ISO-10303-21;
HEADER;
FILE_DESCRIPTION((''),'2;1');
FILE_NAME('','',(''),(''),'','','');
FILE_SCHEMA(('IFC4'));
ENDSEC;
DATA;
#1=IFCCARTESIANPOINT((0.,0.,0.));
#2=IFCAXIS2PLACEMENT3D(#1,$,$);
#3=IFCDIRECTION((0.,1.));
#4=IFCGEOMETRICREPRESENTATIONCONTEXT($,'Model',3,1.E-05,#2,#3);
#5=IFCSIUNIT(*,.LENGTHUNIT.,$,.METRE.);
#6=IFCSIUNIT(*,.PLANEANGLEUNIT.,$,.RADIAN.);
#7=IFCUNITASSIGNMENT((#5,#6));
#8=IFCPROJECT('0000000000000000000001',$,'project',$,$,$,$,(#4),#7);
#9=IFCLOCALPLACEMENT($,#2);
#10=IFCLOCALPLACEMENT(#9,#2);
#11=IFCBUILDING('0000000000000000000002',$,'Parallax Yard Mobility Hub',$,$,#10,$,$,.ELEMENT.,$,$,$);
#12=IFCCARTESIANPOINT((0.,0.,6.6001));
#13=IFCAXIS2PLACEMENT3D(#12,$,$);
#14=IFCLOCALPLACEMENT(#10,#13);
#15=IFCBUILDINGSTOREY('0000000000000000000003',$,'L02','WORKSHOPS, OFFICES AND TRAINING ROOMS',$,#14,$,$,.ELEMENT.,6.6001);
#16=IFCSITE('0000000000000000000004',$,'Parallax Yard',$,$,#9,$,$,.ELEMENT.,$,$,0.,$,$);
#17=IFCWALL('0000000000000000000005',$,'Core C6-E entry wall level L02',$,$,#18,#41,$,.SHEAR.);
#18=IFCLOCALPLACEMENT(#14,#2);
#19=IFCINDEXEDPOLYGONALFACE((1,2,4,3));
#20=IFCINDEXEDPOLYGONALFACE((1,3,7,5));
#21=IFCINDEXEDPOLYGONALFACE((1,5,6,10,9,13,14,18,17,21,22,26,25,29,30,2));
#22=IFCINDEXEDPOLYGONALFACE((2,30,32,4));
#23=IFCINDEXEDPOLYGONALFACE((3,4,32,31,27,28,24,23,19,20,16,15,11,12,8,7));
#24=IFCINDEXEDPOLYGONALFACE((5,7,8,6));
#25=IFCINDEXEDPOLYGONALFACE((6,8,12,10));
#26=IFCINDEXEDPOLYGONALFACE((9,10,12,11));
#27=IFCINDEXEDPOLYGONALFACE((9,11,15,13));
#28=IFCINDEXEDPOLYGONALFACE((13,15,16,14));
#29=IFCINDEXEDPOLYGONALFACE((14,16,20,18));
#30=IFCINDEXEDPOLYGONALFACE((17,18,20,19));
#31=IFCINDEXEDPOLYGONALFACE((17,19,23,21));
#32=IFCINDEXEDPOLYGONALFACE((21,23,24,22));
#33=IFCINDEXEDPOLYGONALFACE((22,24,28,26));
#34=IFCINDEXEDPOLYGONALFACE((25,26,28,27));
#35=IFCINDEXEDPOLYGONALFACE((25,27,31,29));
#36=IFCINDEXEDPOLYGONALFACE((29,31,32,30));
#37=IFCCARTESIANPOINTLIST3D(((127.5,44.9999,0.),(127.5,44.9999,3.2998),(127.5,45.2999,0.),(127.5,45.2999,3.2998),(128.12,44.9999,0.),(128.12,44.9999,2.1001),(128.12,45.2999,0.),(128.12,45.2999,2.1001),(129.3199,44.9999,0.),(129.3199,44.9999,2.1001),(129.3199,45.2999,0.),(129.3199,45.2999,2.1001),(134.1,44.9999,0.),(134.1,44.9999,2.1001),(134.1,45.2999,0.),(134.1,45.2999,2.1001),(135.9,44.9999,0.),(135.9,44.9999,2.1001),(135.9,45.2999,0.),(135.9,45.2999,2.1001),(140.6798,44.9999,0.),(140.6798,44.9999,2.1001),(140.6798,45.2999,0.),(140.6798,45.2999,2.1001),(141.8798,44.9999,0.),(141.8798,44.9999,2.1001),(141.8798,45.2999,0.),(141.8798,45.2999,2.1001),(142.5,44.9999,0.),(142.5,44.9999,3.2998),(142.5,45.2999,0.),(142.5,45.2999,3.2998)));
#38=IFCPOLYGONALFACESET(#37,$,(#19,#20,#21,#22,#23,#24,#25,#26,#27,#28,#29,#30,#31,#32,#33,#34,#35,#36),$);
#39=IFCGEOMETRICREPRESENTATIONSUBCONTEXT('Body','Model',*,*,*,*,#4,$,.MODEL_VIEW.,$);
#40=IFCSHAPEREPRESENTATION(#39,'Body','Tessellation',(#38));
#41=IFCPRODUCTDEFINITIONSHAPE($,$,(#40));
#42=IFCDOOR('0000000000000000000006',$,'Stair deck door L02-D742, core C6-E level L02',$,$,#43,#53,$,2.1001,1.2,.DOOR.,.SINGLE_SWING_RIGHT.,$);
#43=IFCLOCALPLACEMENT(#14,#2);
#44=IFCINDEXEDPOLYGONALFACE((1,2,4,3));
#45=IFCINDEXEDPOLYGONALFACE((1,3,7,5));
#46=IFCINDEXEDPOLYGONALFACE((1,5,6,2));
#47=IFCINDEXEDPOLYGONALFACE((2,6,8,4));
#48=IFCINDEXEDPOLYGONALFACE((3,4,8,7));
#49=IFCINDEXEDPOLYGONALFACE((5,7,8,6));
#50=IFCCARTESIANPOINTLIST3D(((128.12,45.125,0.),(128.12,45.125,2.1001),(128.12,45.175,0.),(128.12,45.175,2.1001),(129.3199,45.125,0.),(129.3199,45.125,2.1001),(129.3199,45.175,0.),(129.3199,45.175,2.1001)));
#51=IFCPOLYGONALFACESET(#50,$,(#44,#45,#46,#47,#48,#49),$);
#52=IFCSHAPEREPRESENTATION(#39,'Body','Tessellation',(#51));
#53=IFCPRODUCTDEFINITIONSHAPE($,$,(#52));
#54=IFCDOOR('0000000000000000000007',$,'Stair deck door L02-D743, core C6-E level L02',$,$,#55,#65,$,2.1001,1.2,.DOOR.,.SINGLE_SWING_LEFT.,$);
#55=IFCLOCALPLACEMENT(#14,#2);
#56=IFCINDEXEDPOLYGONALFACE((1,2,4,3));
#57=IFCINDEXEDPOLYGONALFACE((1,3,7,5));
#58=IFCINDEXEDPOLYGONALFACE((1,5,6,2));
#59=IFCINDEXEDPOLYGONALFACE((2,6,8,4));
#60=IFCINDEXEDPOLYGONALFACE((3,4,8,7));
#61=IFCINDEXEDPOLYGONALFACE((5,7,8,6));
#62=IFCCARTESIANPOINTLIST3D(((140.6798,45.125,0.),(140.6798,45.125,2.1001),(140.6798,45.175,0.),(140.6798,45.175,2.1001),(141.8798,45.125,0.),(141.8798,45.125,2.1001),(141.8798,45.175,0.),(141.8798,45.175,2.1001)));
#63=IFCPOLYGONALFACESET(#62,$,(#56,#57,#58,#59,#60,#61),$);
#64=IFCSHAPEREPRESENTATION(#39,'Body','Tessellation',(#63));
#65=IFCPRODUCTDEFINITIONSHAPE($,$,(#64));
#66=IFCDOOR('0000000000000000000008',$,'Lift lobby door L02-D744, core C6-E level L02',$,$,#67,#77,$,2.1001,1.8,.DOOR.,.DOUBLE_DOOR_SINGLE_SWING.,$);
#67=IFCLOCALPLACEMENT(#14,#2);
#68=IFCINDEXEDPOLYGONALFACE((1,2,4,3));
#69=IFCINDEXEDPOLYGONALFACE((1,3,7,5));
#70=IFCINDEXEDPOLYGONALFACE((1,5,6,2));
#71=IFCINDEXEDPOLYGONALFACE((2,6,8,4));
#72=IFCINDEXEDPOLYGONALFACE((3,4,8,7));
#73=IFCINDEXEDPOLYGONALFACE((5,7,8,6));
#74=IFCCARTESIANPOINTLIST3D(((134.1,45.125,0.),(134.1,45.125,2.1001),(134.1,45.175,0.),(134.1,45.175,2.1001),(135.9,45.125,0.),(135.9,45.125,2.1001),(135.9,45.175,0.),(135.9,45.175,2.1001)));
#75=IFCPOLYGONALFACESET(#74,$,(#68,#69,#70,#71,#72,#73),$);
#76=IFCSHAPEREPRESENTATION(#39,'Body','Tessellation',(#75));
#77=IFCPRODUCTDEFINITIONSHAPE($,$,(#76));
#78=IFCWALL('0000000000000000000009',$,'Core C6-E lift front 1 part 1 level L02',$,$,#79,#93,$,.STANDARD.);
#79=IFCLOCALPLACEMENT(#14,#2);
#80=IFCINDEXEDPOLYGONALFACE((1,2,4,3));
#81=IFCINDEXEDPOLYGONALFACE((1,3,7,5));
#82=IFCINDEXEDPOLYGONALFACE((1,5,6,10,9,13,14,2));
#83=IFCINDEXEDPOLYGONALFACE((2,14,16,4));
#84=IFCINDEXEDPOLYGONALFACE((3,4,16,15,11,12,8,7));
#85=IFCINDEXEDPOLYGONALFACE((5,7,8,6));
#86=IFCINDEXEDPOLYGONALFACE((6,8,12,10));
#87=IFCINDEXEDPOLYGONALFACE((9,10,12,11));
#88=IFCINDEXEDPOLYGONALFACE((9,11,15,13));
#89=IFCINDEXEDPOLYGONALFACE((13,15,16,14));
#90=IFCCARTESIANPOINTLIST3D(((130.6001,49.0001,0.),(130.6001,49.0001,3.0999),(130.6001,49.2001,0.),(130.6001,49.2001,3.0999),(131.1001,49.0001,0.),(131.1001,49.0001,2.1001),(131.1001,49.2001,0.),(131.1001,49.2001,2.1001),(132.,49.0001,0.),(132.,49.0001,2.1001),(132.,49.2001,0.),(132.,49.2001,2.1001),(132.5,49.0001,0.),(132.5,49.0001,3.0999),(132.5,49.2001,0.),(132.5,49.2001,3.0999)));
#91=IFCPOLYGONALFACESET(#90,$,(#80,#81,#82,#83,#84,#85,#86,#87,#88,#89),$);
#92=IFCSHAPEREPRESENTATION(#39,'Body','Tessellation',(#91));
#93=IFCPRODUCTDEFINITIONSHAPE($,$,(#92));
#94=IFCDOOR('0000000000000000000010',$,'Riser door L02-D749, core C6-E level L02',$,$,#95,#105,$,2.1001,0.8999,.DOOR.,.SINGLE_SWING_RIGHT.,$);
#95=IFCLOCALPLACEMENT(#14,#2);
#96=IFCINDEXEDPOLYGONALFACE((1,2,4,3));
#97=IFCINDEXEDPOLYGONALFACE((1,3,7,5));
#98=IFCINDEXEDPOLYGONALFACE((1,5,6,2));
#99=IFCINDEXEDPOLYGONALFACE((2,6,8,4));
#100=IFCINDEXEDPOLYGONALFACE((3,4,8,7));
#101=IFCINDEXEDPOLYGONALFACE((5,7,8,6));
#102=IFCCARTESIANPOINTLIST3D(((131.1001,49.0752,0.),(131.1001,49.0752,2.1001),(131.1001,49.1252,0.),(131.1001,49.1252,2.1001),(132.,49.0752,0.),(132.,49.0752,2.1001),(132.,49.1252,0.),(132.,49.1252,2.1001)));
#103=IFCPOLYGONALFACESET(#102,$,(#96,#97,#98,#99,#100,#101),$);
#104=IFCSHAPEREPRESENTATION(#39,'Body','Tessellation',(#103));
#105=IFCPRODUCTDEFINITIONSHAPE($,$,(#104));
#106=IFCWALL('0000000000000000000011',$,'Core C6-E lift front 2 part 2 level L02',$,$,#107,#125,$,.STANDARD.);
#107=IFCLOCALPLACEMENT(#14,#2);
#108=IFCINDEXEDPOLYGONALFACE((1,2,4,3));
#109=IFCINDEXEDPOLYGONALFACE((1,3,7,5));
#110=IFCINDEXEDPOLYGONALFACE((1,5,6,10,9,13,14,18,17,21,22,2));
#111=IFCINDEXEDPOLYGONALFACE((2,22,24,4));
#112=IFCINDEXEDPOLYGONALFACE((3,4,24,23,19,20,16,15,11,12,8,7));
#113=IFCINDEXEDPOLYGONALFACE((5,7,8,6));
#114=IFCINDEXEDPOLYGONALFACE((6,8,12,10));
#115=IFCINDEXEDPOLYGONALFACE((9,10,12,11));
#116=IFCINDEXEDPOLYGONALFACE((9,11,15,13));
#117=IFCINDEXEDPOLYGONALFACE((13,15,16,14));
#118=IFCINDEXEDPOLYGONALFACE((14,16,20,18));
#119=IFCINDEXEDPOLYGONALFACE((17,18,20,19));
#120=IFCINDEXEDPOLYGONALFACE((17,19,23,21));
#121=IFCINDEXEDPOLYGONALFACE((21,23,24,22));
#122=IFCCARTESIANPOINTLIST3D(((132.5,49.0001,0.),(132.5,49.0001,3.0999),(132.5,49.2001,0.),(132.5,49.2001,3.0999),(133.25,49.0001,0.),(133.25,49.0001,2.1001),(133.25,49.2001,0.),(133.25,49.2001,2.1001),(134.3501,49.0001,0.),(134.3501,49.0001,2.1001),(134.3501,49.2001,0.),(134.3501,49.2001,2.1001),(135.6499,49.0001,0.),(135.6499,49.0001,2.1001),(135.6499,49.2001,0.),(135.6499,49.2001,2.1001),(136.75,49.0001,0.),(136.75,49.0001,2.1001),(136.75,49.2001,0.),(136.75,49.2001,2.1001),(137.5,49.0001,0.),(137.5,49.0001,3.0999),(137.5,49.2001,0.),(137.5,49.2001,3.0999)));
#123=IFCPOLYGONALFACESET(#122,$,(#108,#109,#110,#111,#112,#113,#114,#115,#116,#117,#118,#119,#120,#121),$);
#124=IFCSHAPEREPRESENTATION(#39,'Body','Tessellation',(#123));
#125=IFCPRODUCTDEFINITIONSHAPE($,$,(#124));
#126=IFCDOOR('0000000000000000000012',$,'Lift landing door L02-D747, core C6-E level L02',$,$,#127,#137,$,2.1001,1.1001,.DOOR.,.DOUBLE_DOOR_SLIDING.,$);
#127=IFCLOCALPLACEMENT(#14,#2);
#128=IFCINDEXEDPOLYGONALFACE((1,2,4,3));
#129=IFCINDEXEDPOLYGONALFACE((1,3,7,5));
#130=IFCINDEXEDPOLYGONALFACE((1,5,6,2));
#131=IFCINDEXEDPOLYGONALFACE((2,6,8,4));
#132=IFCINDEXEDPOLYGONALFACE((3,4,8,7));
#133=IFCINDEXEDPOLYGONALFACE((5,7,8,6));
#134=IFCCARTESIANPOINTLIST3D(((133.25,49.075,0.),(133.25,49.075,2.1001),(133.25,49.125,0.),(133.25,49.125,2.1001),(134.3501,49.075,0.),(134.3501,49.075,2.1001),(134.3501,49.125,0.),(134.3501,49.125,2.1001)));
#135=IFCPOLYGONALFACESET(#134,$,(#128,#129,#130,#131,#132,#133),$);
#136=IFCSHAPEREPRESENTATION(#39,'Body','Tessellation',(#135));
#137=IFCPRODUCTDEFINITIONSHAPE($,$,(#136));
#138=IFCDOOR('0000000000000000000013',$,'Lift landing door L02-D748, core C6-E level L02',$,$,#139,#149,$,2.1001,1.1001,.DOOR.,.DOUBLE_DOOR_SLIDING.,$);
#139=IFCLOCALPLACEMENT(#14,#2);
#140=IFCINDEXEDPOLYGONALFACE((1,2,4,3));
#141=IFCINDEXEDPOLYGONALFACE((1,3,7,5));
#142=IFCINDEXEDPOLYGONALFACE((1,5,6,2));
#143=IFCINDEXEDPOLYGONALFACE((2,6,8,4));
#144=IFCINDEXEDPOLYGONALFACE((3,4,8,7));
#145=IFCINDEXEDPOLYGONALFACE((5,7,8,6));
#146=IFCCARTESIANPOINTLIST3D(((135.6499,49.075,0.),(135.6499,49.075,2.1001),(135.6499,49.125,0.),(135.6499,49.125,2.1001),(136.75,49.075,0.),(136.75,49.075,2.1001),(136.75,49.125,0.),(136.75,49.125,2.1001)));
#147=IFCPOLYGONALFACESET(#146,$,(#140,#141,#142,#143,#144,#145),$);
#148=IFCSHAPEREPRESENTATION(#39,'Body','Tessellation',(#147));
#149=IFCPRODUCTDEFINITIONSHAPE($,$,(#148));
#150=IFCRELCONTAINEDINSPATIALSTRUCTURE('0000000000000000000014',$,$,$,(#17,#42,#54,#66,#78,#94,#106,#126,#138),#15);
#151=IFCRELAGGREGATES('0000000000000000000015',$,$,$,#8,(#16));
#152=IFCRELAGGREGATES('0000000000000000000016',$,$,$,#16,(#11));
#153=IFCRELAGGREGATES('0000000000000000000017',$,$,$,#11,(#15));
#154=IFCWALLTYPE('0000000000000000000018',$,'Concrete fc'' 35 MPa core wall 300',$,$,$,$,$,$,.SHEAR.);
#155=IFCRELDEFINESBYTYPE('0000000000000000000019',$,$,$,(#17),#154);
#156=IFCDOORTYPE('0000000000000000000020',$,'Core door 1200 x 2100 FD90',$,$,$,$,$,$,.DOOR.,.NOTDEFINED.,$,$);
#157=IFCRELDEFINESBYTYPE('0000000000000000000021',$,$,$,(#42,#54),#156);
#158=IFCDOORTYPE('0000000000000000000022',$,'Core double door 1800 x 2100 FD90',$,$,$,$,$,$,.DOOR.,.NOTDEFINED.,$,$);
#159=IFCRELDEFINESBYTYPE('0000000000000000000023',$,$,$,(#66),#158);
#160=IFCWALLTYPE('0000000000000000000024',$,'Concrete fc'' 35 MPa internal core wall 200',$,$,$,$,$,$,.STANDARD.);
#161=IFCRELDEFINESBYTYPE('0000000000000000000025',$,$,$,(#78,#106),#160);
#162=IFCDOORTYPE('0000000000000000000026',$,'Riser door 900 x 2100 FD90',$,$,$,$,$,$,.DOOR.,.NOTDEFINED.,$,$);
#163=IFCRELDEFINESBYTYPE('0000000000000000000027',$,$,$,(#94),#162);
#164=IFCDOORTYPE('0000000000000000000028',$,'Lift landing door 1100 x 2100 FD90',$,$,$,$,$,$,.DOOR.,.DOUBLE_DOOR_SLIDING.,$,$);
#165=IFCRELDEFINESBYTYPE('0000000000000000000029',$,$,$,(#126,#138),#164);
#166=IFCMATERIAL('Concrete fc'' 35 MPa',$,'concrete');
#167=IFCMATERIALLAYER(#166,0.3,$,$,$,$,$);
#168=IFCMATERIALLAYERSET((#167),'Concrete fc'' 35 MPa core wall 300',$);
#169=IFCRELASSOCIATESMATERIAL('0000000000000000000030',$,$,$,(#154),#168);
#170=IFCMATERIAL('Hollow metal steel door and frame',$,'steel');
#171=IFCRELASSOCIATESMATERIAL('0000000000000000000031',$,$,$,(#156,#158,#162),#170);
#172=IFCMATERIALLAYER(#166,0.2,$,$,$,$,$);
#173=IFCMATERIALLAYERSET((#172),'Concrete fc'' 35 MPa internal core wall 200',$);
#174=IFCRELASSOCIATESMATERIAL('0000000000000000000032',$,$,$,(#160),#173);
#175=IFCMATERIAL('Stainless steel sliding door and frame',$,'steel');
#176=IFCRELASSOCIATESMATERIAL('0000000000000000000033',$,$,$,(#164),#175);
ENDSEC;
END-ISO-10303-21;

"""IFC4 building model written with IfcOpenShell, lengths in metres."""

from ifc_helpers import new_model, si_unit, direction, frame, frame_2d, origin, place, context, subcontext, project, spatial, rectangle, extrude, material, layer, layer_set, type_object, element, fill, save


model = new_model("IFC4")

# Units and contexts
model_context = context("Model", 3, precision=1e-05, world=origin(), true_north=direction((0.0, 1.0)))
body_context = subcontext(model_context, "Body", "Model", "MODEL_VIEW")
ifc_project = project(units=[si_unit("LENGTHUNIT", "METRE"), si_unit("PLANEANGLEUNIT", "RADIAN")], contexts=[model_context])

# Site, building, storey
site_placement = place(None, origin())
site = spatial("IfcSite", under=ifc_project, at=site_placement, Name="Parallax Yard", CompositionType="ELEMENT", RefElevation=0.0)
building_placement = place(site_placement, origin())
building = spatial("IfcBuilding", under=site, at=building_placement, Name="Parallax Yard Mobility Hub", CompositionType="ELEMENT")
storey_placement = place(building_placement, frame((0.0, 0.0, 6.6001)))
storey = spatial("IfcBuildingStorey", under=building, at=storey_placement, Name="L02", Description="WORKSHOPS, OFFICES AND TRAINING ROOMS", CompositionType="ELEMENT", Elevation=6.6001)

# Wall, openings, doors
ifc_material_1 = material(Name="Concrete fc' 35 MPa", Category="concrete")
ifc_layer_1 = layer(ifc_material_1, 0.3)
ifc_layer_set_1 = layer_set([ifc_layer_1], Name="Concrete fc' 35 MPa core wall 300")
wall_type_1 = type_object("IfcWallType", Name="Concrete fc' 35 MPa core wall 300", PredefinedType="SHEAR", material=ifc_layer_set_1)
wall_1_placement = place(storey_placement, frame((142.5, 45.1499, 0.0), z_axis=(0.0, 0.0, 1.0), x_axis=(-1.0, 0.0, 0.0)))
wall_1 = element("IfcWall", 1, at=wall_1_placement, inside=storey, type_object=wall_type_1, Name="Core C6-E entry wall level L02", PredefinedType="SHEAR", context=body_context, shape_type="SweptSolid", body=[
    extrude(rectangle(XDim=15.0, YDim=0.3, at=frame_2d((7.5, 0.0))), origin(), (0.0, 0.0, 1.0), 3.2998),
])
opening_1_placement = place(wall_1_placement, frame((13.1799, 0.0, 0.0)))
opening_1 = element("IfcOpeningElement", 2, at=opening_1_placement, cuts=wall_1, PredefinedType="OPENING", context=body_context, shape_type="SweptSolid", body=[
    extrude(rectangle(XDim=1.2, YDim=2.1001, at=frame_2d((0.6001, 1.05))), frame((0.0, 0.1602, 0.0), z_axis=(0.0, -1.0, 0.0), x_axis=(1.0, 0.0, 0.0)), (0.0, 0.0, 1.0), 0.3201),
])
opening_2_placement = place(wall_1_placement, frame((0.6201, 0.0, 0.0)))
opening_2 = element("IfcOpeningElement", 3, at=opening_2_placement, cuts=wall_1, PredefinedType="OPENING", context=body_context, shape_type="SweptSolid", body=[
    extrude(rectangle(XDim=1.2, YDim=2.1001, at=frame_2d((0.6001, 1.05))), frame((0.0, 0.1602, 0.0), z_axis=(0.0, -1.0, 0.0), x_axis=(1.0, 0.0, 0.0)), (0.0, 0.0, 1.0), 0.3201),
])
opening_3_placement = place(wall_1_placement, frame((6.6001, 0.0, 0.0)))
opening_3 = element("IfcOpeningElement", 4, at=opening_3_placement, cuts=wall_1, PredefinedType="OPENING", context=body_context, shape_type="SweptSolid", body=[
    extrude(rectangle(XDim=1.8, YDim=2.1001, at=frame_2d((0.8999, 1.05))), frame((0.0, 0.1602, 0.0), z_axis=(0.0, -1.0, 0.0), x_axis=(1.0, 0.0, 0.0)), (0.0, 0.0, 1.0), 0.3201),
])
ifc_material_2 = material(Name="Hollow metal steel door and frame", Category="steel")
door_type_1 = type_object("IfcDoorType", Name="Core door 1200 x 2100 FD90", OperationType="NOTDEFINED", PredefinedType="DOOR", material=ifc_material_2)
door_1_placement = place(opening_1_placement, origin())
door_1 = element("IfcDoor", 5, at=door_1_placement, inside=storey, type_object=door_type_1, Name="Stair deck door L02-D742, core C6-E level L02", OperationType="SINGLE_SWING_RIGHT", OverallHeight=2.1001, OverallWidth=1.2, PredefinedType="DOOR", context=body_context, shape_type="SweptSolid", body=[
    extrude(rectangle(XDim=1.2, YDim=2.1001, at=frame_2d((0.6001, 1.05))), frame((0.0, 0.0249, 0.0), z_axis=(0.0, -1.0, 0.0), x_axis=(1.0, 0.0, 0.0)), (0.0, 0.0, 1.0), 0.05),
])
fill(opening_1, door_1)
door_2_placement = place(opening_2_placement, origin())
door_2 = element("IfcDoor", 6, at=door_2_placement, inside=storey, type_object=door_type_1, Name="Stair deck door L02-D743, core C6-E level L02", OperationType="SINGLE_SWING_LEFT", OverallHeight=2.1001, OverallWidth=1.2, PredefinedType="DOOR", context=body_context, shape_type="SweptSolid", body=[
    extrude(rectangle(XDim=1.2, YDim=2.1001, at=frame_2d((0.6001, 1.05))), frame((0.0, 0.0249, 0.0), z_axis=(0.0, -1.0, 0.0), x_axis=(1.0, 0.0, 0.0)), (0.0, 0.0, 1.0), 0.05),
])
fill(opening_2, door_2)
door_type_2 = type_object("IfcDoorType", Name="Core double door 1800 x 2100 FD90", OperationType="NOTDEFINED", PredefinedType="DOOR", material=ifc_material_2)
door_3_placement = place(opening_3_placement, origin())
door_3 = element("IfcDoor", 7, at=door_3_placement, inside=storey, type_object=door_type_2, Name="Lift lobby door L02-D744, core C6-E level L02", OperationType="DOUBLE_DOOR_SINGLE_SWING", OverallHeight=2.1001, OverallWidth=1.8, PredefinedType="DOOR", context=body_context, shape_type="SweptSolid", body=[
    extrude(rectangle(XDim=1.8, YDim=2.1001, at=frame_2d((0.8999, 1.05))), frame((0.0, 0.0249, 0.0), z_axis=(0.0, -1.0, 0.0), x_axis=(1.0, 0.0, 0.0)), (0.0, 0.0, 1.0), 0.05),
])
fill(opening_3, door_3)

# Wall, opening, door
ifc_layer_2 = layer(ifc_material_1, 0.2)
ifc_layer_set_2 = layer_set([ifc_layer_2], Name="Concrete fc' 35 MPa internal core wall 200")
wall_type_2 = type_object("IfcWallType", Name="Concrete fc' 35 MPa internal core wall 200", PredefinedType="STANDARD", material=ifc_layer_set_2)
wall_2_placement = place(storey_placement, frame((132.5, 49.1001, 0.0), z_axis=(0.0, 0.0, 1.0), x_axis=(-1.0, 0.0, 0.0)))
wall_2 = element("IfcWall", 8, at=wall_2_placement, inside=storey, type_object=wall_type_2, Name="Core C6-E lift front 1 part 1 level L02", PredefinedType="STANDARD", context=body_context, shape_type="SweptSolid", body=[
    extrude(rectangle(XDim=1.8999, YDim=0.2, at=frame_2d((0.95, 0.0))), origin(), (0.0, 0.0, 1.0), 3.0999),
])
opening_4_placement = place(wall_2_placement, frame((0.5, 0.0, 0.0)))
opening_4 = element("IfcOpeningElement", 9, at=opening_4_placement, cuts=wall_2, PredefinedType="OPENING", context=body_context, shape_type="SweptSolid", body=[
    extrude(rectangle(XDim=0.8999, YDim=2.1001, at=frame_2d((0.45, 1.05))), frame((0.0, 0.1099, 0.0), z_axis=(0.0, -1.0, 0.0), x_axis=(1.0, 0.0, 0.0)), (0.0, 0.0, 1.0), 0.22),
])
door_type_3 = type_object("IfcDoorType", Name="Riser door 900 x 2100 FD90", OperationType="NOTDEFINED", PredefinedType="DOOR", material=ifc_material_2)
door_4_placement = place(opening_4_placement, origin())
door_4 = element("IfcDoor", 10, at=door_4_placement, inside=storey, type_object=door_type_3, Name="Riser door L02-D749, core C6-E level L02", OperationType="SINGLE_SWING_RIGHT", OverallHeight=2.1001, OverallWidth=0.8999, PredefinedType="DOOR", context=body_context, shape_type="SweptSolid", body=[
    extrude(rectangle(XDim=0.8999, YDim=2.1001, at=frame_2d((0.45, 1.05))), frame((0.0, 0.0249, 0.0), z_axis=(0.0, -1.0, 0.0), x_axis=(1.0, 0.0, 0.0)), (0.0, 0.0, 1.0), 0.05),
])
fill(opening_4, door_4)

# Wall, openings, doors
wall_3_placement = place(storey_placement, frame((132.5, 49.1001, 0.0), z_axis=(0.0, 0.0, 1.0), x_axis=(1.0, 0.0, 0.0)))
wall_3 = element("IfcWall", 11, at=wall_3_placement, inside=storey, type_object=wall_type_2, Name="Core C6-E lift front 2 part 2 level L02", PredefinedType="STANDARD", context=body_context, shape_type="SweptSolid", body=[
    extrude(rectangle(XDim=5.0, YDim=0.2, at=frame_2d((2.5, 0.0))), origin(), (0.0, 0.0, 1.0), 3.0999),
])
opening_5_placement = place(wall_3_placement, frame((0.75, 0.0, 0.0)))
opening_5 = element("IfcOpeningElement", 12, at=opening_5_placement, cuts=wall_3, PredefinedType="OPENING", context=body_context, shape_type="SweptSolid", body=[
    extrude(rectangle(XDim=1.1001, YDim=2.1001, at=frame_2d((0.55, 1.05))), frame((0.0, 0.1099, 0.0), z_axis=(0.0, -1.0, 0.0), x_axis=(1.0, 0.0, 0.0)), (0.0, 0.0, 1.0), 0.22),
])
opening_6_placement = place(wall_3_placement, frame((3.1499, 0.0, 0.0)))
opening_6 = element("IfcOpeningElement", 13, at=opening_6_placement, cuts=wall_3, PredefinedType="OPENING", context=body_context, shape_type="SweptSolid", body=[
    extrude(rectangle(XDim=1.1001, YDim=2.1001, at=frame_2d((0.55, 1.05))), frame((0.0, 0.1099, 0.0), z_axis=(0.0, -1.0, 0.0), x_axis=(1.0, 0.0, 0.0)), (0.0, 0.0, 1.0), 0.22),
])
ifc_material_3 = material(Name="Stainless steel sliding door and frame", Category="steel")
door_type_4 = type_object("IfcDoorType", Name="Lift landing door 1100 x 2100 FD90", OperationType="DOUBLE_DOOR_SLIDING", PredefinedType="DOOR", material=ifc_material_3)
door_5_placement = place(opening_5_placement, origin())
door_5 = element("IfcDoor", 14, at=door_5_placement, inside=storey, type_object=door_type_4, Name="Lift landing door L02-D747, core C6-E level L02", OperationType="DOUBLE_DOOR_SLIDING", OverallHeight=2.1001, OverallWidth=1.1001, PredefinedType="DOOR", context=body_context, shape_type="SweptSolid", body=[
    extrude(rectangle(XDim=1.1001, YDim=2.1001, at=frame_2d((0.55, 1.05))), frame((0.0, 0.0249, 0.0), z_axis=(0.0, -1.0, 0.0), x_axis=(1.0, 0.0, 0.0)), (0.0, 0.0, 1.0), 0.05),
])
fill(opening_5, door_5)
door_6_placement = place(opening_6_placement, origin())
door_6 = element("IfcDoor", 15, at=door_6_placement, inside=storey, type_object=door_type_4, Name="Lift landing door L02-D748, core C6-E level L02", OperationType="DOUBLE_DOOR_SLIDING", OverallHeight=2.1001, OverallWidth=1.1001, PredefinedType="DOOR", context=body_context, shape_type="SweptSolid", body=[
    extrude(rectangle(XDim=1.1001, YDim=2.1001, at=frame_2d((0.55, 1.05))), frame((0.0, 0.0249, 0.0), z_axis=(0.0, -1.0, 0.0), x_axis=(1.0, 0.0, 0.0)), (0.0, 0.0, 1.0), 0.05),
])
fill(opening_6, door_6)

save(model, "model.ifc")
